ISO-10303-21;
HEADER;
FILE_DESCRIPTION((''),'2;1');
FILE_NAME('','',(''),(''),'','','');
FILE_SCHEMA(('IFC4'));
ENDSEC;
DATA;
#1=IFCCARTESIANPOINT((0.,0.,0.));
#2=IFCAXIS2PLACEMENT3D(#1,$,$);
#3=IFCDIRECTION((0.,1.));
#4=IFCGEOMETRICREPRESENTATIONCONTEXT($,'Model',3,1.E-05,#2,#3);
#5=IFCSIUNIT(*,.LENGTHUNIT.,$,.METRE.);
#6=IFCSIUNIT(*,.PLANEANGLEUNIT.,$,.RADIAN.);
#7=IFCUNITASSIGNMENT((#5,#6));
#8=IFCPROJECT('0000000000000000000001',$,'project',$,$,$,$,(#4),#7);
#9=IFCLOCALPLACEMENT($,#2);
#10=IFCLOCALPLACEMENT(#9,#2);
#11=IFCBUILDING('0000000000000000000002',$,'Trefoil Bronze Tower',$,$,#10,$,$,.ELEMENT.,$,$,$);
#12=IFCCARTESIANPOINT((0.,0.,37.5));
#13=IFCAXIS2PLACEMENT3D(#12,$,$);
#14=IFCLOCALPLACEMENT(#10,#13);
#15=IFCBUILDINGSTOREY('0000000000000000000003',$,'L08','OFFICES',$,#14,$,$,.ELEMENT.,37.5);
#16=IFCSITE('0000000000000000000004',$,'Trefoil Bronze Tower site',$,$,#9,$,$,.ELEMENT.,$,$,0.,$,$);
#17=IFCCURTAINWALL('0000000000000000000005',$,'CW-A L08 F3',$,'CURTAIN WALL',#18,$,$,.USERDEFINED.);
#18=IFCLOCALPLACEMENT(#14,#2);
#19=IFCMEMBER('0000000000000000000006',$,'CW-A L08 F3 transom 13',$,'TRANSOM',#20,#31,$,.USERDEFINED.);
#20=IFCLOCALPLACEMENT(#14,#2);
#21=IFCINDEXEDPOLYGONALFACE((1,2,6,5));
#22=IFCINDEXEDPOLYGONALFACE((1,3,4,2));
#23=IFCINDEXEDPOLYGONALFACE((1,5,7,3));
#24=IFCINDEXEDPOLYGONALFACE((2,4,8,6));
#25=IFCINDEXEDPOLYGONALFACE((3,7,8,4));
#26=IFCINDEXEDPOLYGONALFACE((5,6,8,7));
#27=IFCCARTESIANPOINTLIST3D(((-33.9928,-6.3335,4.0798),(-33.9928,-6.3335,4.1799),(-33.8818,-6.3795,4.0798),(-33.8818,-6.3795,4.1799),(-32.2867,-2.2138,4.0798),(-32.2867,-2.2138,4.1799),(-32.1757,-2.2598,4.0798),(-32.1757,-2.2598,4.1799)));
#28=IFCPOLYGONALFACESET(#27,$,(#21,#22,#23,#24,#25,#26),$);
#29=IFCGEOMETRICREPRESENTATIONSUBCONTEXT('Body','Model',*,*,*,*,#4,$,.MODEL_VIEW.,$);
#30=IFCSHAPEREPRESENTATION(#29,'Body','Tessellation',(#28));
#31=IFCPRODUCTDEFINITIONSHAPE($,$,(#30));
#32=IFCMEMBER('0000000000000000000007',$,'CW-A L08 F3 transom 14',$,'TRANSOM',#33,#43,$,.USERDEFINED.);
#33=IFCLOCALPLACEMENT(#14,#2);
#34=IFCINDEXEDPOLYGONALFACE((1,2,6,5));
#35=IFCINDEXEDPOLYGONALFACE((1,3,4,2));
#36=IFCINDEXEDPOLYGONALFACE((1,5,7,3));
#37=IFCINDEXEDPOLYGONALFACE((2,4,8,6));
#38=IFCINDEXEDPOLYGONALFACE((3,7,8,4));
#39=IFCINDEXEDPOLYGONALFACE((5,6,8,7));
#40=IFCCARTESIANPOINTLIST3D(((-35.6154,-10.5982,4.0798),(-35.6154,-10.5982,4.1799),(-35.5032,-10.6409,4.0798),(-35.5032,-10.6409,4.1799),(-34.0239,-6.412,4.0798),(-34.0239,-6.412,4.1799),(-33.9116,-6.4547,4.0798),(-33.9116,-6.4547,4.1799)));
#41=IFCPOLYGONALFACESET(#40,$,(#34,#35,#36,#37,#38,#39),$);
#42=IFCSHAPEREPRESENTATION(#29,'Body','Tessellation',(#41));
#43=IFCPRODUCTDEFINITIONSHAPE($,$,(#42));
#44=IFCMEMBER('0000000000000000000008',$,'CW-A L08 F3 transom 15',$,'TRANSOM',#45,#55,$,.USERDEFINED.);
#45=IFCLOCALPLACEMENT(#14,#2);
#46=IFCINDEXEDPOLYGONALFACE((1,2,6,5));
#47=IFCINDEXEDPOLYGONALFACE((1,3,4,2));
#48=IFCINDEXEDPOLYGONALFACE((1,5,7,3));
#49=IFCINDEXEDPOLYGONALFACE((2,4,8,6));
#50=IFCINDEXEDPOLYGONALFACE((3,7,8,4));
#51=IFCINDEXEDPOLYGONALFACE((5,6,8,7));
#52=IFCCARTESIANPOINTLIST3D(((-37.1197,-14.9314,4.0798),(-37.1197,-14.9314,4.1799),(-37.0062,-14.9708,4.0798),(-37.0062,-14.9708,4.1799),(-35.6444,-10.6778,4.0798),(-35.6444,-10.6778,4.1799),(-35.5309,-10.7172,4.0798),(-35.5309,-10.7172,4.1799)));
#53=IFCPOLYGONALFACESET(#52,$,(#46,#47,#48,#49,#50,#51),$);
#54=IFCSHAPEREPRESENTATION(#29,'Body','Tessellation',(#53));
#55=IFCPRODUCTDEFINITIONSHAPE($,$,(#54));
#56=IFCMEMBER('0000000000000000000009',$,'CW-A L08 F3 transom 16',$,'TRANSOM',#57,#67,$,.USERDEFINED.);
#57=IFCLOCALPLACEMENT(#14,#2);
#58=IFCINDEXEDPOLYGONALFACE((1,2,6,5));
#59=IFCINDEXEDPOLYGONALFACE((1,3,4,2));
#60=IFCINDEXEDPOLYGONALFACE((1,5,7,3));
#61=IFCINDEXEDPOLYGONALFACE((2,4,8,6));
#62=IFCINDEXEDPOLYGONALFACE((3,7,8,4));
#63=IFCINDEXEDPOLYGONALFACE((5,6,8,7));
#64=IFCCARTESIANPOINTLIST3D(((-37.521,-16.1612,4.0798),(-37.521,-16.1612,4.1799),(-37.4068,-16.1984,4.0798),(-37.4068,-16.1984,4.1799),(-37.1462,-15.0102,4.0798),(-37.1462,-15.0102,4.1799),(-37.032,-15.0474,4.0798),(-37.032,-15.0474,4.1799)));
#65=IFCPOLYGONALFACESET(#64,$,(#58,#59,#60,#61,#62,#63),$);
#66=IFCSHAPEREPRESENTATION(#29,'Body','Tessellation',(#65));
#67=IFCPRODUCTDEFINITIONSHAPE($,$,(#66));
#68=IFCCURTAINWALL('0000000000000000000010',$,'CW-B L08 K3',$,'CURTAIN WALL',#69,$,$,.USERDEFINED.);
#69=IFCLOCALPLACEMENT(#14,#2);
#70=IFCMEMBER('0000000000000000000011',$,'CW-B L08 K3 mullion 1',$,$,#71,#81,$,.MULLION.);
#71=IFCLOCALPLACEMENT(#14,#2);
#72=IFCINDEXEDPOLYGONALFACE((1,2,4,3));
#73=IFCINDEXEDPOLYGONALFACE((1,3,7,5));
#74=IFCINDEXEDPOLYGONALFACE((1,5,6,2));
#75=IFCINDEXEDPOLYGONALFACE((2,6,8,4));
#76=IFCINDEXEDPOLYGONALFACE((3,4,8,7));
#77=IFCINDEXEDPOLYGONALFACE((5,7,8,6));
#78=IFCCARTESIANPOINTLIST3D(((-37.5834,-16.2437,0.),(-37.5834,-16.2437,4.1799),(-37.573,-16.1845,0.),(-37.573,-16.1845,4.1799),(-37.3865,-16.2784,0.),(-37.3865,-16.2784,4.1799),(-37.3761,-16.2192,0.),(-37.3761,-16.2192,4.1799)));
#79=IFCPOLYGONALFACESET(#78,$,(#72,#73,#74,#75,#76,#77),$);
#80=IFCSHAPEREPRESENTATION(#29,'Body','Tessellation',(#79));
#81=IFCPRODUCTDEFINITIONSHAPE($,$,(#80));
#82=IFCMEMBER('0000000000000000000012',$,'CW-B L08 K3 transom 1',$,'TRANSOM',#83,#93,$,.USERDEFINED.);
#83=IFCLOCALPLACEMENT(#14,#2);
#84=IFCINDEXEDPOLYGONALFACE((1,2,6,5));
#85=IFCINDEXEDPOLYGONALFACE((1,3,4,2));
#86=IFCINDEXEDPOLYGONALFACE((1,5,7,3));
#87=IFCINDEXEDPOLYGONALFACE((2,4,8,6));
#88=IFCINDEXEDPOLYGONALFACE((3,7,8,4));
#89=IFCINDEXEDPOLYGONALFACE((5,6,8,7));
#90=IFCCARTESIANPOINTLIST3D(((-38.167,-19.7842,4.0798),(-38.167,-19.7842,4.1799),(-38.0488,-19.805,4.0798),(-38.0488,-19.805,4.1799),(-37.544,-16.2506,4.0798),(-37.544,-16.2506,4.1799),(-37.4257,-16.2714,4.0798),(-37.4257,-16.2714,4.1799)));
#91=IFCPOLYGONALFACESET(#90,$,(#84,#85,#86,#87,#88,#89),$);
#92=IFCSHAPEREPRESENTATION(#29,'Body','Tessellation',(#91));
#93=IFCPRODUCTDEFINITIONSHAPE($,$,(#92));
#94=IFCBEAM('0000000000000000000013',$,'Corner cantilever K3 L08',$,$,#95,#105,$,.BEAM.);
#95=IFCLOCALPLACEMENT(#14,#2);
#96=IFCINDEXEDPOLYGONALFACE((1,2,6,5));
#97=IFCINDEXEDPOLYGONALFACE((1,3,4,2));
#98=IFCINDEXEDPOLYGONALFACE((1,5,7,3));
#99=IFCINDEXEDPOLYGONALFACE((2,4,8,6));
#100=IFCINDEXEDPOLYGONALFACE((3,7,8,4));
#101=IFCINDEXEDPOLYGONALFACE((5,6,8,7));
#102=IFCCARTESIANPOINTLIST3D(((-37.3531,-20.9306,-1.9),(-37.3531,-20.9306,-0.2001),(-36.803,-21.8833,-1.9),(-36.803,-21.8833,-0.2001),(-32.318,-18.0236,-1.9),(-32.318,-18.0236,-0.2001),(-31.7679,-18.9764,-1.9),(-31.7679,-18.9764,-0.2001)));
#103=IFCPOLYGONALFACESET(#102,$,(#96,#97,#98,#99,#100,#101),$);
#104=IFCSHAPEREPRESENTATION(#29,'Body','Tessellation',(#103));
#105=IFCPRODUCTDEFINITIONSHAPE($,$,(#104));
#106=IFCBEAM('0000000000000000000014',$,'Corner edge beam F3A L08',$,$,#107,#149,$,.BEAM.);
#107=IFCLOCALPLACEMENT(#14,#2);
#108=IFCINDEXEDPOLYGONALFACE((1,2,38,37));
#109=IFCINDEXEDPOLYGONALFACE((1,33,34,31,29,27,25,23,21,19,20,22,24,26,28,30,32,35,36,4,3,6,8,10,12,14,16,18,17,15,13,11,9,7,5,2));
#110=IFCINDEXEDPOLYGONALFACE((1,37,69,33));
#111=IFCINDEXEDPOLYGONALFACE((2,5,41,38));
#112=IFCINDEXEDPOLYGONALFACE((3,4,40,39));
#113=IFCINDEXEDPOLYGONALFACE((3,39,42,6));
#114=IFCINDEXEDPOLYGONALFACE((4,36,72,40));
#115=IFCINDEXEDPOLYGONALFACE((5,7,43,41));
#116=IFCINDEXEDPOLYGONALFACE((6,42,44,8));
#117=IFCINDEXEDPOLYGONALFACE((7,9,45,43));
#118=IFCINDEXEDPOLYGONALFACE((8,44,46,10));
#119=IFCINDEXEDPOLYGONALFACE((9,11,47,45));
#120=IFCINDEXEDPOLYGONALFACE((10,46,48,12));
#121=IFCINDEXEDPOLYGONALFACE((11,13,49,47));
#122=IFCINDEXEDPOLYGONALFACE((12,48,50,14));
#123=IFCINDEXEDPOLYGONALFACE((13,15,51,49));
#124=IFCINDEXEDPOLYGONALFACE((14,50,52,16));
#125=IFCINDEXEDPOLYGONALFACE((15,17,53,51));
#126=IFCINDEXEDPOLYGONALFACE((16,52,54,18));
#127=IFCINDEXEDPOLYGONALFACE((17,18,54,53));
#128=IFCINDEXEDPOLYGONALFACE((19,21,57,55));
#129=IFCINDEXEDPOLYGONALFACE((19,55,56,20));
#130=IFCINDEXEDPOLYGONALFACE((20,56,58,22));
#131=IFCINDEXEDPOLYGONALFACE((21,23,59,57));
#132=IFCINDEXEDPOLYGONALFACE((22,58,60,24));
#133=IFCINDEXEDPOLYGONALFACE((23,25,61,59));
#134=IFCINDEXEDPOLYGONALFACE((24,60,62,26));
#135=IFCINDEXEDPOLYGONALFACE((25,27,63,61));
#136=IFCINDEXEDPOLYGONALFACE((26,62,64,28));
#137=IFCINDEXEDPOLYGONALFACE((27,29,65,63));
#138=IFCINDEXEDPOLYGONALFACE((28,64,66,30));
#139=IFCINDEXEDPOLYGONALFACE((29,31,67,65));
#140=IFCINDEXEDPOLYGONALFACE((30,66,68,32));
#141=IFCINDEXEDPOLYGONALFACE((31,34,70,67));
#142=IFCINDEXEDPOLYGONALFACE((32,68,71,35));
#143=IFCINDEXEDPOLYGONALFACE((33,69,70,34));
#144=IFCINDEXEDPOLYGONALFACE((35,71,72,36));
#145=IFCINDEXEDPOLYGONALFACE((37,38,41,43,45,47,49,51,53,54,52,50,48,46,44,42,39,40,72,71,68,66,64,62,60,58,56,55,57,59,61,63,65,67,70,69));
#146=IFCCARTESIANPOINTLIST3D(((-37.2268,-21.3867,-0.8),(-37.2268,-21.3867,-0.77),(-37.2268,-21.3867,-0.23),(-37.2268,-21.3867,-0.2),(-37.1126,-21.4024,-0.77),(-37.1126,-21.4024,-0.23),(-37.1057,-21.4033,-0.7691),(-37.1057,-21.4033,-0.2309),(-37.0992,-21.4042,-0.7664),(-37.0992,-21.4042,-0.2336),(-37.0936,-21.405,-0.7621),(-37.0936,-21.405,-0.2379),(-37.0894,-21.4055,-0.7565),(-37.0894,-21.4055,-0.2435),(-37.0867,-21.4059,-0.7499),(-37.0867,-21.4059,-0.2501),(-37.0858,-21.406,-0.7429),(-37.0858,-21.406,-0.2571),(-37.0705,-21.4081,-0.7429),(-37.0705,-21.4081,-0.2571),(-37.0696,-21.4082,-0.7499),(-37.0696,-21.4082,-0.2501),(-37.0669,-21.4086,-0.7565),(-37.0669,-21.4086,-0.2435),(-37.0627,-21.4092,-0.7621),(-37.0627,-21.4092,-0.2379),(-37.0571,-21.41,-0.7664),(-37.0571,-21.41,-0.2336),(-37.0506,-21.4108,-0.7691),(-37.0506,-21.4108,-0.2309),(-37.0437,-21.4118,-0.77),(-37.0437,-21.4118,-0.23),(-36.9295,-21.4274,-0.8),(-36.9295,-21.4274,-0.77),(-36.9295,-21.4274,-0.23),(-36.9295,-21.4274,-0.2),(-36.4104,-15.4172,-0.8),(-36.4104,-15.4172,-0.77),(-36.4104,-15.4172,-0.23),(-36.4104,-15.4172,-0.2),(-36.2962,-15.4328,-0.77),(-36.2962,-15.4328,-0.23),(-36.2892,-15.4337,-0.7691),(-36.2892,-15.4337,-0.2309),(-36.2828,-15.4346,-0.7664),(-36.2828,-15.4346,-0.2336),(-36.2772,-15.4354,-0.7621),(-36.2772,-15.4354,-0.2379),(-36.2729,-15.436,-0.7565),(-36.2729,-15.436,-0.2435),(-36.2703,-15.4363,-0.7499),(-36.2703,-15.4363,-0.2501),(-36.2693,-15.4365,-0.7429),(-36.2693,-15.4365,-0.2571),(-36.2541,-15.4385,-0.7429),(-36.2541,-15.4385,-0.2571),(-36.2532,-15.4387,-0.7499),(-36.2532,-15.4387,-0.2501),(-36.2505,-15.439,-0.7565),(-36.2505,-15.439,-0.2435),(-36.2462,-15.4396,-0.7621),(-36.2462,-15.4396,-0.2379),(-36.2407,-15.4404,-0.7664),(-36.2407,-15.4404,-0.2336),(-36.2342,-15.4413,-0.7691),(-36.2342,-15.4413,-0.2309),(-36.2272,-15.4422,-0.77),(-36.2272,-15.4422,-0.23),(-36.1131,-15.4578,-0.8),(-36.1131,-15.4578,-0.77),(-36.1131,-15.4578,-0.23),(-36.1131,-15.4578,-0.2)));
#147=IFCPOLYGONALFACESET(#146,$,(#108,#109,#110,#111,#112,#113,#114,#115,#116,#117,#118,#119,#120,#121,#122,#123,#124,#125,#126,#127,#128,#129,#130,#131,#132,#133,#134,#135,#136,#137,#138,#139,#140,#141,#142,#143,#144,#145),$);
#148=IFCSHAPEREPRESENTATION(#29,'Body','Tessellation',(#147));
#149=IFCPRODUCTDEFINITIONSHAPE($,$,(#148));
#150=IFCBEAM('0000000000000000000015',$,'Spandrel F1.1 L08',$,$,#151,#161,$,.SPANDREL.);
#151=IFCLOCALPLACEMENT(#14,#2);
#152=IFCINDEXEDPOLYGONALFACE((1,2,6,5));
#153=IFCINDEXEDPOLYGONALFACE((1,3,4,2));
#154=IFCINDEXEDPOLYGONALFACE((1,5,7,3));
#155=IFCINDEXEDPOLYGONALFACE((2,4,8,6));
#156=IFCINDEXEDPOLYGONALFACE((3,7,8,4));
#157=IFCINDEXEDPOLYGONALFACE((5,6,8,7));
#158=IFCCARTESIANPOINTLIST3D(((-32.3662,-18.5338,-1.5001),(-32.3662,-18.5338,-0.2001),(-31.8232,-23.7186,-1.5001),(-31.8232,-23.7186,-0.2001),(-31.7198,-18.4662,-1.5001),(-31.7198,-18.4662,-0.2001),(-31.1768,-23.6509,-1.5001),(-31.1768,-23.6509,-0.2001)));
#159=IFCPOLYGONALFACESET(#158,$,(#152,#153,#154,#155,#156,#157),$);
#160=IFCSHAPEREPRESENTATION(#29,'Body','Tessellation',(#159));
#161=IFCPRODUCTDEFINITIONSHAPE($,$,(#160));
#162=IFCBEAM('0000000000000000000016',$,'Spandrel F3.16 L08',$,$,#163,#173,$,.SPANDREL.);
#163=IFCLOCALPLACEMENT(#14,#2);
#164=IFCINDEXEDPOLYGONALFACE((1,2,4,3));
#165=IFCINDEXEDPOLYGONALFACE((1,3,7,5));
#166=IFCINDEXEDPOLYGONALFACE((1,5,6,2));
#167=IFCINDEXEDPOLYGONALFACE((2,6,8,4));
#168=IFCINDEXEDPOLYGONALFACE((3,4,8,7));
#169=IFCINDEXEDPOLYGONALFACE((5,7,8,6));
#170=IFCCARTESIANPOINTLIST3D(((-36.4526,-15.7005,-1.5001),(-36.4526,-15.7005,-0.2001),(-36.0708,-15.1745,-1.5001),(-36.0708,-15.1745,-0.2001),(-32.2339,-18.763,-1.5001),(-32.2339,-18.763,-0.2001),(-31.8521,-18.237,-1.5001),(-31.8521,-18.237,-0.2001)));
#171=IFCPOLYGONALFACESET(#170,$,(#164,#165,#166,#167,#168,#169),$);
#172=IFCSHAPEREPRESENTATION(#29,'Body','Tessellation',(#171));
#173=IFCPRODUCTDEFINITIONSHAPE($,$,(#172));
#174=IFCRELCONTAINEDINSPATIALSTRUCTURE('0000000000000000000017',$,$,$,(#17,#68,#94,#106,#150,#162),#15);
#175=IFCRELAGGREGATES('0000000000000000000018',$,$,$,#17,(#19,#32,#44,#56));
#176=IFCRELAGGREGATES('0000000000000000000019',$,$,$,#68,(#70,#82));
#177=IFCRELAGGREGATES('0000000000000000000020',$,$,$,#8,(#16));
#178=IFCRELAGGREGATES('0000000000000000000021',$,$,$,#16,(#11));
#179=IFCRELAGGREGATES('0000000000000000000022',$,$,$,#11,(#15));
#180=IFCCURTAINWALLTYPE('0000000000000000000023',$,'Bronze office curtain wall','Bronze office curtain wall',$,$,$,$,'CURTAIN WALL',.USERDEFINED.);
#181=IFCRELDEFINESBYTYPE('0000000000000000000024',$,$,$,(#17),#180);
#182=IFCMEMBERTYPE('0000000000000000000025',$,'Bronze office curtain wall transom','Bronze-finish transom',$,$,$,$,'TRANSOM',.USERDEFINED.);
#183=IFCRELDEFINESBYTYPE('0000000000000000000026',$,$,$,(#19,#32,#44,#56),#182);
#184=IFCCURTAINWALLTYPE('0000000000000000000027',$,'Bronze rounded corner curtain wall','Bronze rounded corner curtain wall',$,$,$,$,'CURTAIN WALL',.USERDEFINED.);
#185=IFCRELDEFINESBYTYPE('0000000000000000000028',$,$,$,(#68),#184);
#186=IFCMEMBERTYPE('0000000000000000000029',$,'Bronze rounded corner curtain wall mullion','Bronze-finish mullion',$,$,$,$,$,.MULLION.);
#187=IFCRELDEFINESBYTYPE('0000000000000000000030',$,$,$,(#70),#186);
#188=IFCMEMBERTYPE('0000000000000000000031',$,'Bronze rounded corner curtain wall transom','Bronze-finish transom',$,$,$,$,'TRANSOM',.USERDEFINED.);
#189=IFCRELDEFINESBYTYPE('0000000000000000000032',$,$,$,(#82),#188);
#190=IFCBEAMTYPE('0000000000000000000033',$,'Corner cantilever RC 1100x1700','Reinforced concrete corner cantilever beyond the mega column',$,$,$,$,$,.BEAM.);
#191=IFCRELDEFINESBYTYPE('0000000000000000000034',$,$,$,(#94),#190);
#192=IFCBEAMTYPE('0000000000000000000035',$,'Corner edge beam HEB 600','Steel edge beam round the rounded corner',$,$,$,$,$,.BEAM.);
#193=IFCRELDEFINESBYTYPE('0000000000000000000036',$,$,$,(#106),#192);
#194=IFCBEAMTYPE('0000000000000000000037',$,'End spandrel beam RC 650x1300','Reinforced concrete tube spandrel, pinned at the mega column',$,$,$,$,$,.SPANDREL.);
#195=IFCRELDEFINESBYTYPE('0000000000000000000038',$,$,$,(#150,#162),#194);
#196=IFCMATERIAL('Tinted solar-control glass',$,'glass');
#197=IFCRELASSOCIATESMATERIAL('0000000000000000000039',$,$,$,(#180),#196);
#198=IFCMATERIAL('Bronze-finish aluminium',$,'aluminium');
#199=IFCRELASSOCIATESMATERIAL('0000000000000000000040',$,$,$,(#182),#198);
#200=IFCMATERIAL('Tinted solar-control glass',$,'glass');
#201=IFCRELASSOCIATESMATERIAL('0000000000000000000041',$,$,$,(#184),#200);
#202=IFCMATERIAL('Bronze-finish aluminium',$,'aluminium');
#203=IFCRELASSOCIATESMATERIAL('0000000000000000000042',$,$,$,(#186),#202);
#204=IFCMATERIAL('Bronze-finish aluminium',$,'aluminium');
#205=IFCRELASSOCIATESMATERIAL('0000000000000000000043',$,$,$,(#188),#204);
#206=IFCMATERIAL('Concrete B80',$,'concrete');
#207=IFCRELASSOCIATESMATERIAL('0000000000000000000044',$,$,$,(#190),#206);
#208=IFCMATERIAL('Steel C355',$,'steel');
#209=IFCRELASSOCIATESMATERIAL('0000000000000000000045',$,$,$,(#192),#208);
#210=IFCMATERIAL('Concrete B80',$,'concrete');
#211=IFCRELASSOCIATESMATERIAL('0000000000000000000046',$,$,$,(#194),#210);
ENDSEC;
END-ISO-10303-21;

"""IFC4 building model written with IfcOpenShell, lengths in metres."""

from ifc_helpers import new_model, si_unit, direction, frame, origin, origin_2d, place, context, subcontext, project, spatial, rectangle, i_section, extrude, material, material_profile, profile_set, type_object, element, aggregate, save


model = new_model("IFC4")

# Units and contexts
model_context = context("Model", 3, precision=1e-05, world=origin(), true_north=direction((0.0, 1.0)))
body_context = subcontext(model_context, "Body", "Model", "MODEL_VIEW")
ifc_project = project(units=[si_unit("LENGTHUNIT", "METRE"), si_unit("PLANEANGLEUNIT", "RADIAN")], contexts=[model_context])

# Site, building, storey
site_placement = place(None, origin())
site = spatial("IfcSite", under=ifc_project, at=site_placement, Name="Trefoil Bronze Tower site", CompositionType="ELEMENT", RefElevation=0.0)
building_placement = place(site_placement, origin())
building = spatial("IfcBuilding", under=site, at=building_placement, Name="Trefoil Bronze Tower", CompositionType="ELEMENT")
storey_placement = place(building_placement, frame((0.0, 0.0, 37.5)))
storey = spatial("IfcBuildingStorey", under=building, at=storey_placement, Name="L08", Description="OFFICES", CompositionType="ELEMENT", Elevation=37.5)

# Curtain walls, members
ifc_material_1 = material(Name="Tinted solar-control glass", Category="glass")
curtain_wall_type_1 = type_object("IfcCurtainWallType", Name="Bronze office curtain wall", Description="Bronze office curtain wall", ElementType="CURTAIN WALL", PredefinedType="USERDEFINED", material=ifc_material_1)
curtain_wall_1_placement = place(storey_placement, origin())
curtain_wall_1 = element("IfcCurtainWall", 1, at=curtain_wall_1_placement, inside=storey, type_object=curtain_wall_type_1, Name="CW-A L08 F3", ObjectType="CURTAIN WALL", PredefinedType="USERDEFINED")
ifc_material_2 = material(Name="Bronze-finish aluminium", Category="aluminium")
ifc_material_profile_1 = material_profile(ifc_material_2, rectangle(XDim=0.1201, YDim=0.1001, at=origin_2d()), Name="CW-A transom")
ifc_profile_set_1 = profile_set([ifc_material_profile_1], Name="Bronze-finish aluminium")
member_type_1 = type_object("IfcMemberType", Name="Bronze office curtain wall transom", Description="Bronze-finish transom", ElementType="TRANSOM", PredefinedType="USERDEFINED", material=ifc_profile_set_1)
member_1_placement = place(storey_placement, frame((-32.2312, -2.2368, 4.1299), z_axis=(-0.382616, -0.923907, 0.0), x_axis=(0.923907, -0.382616, 0.0)))
member_1 = element("IfcMember", 2, at=member_1_placement, type_object=member_type_1, Name="CW-A L08 F3 transom 13", ObjectType="TRANSOM", PredefinedType="USERDEFINED", context=body_context, shape_type="SweptSolid", body=[
    extrude(rectangle(XDim=0.1201, YDim=0.1001, at=origin_2d()), origin(), (0.0, 0.0, 1.0), 4.459),
])
member_2_placement = place(storey_placement, frame((-33.9678, -6.4333, 4.1299), z_axis=(-0.355367, -0.934727, 0.0), x_axis=(0.934727, -0.355367, 0.0)))
member_2 = element("IfcMember", 3, at=member_2_placement, type_object=member_type_1, Name="CW-A L08 F3 transom 14", ObjectType="TRANSOM", PredefinedType="USERDEFINED", context=body_context, shape_type="SweptSolid", body=[
    extrude(rectangle(XDim=0.1201, YDim=0.1001, at=origin_2d()), origin(), (0.0, 0.0, 1.0), 4.4785),
])
member_3_placement = place(storey_placement, frame((-35.5876, -10.6975, 4.1299), z_axis=(-0.32769, -0.944785, 0.0), x_axis=(0.944785, -0.32769, 0.0)))
member_3 = element("IfcMember", 4, at=member_3_placement, type_object=member_type_1, Name="CW-A L08 F3 transom 15", ObjectType="TRANSOM", PredefinedType="USERDEFINED", context=body_context, shape_type="SweptSolid", body=[
    extrude(rectangle(XDim=0.1201, YDim=0.1001, at=origin_2d()), origin(), (0.0, 0.0, 1.0), 4.5022),
])
member_4_placement = place(storey_placement, frame((-37.0891, -15.0288, 4.1299), z_axis=(-0.309624, -0.950859, 0.0), x_axis=(0.950859, -0.309624, 0.0)))
member_4 = element("IfcMember", 5, at=member_4_placement, type_object=member_type_1, Name="CW-A L08 F3 transom 16", ObjectType="TRANSOM", PredefinedType="USERDEFINED", context=body_context, shape_type="SweptSolid", body=[
    extrude(rectangle(XDim=0.1201, YDim=0.1001, at=origin_2d()), origin(), (0.0, 0.0, 1.0), 1.2104),
])
ifc_material_3 = material(Name="Tinted solar-control glass", Category="glass")
curtain_wall_type_2 = type_object("IfcCurtainWallType", Name="Bronze rounded corner curtain wall", Description="Bronze rounded corner curtain wall", ElementType="CURTAIN WALL", PredefinedType="USERDEFINED", material=ifc_material_3)
curtain_wall_2_placement = place(storey_placement, origin())
curtain_wall_2 = element("IfcCurtainWall", 6, at=curtain_wall_2_placement, inside=storey, type_object=curtain_wall_type_2, Name="CW-B L08 K3", ObjectType="CURTAIN WALL", PredefinedType="USERDEFINED")
ifc_material_4 = material(Name="Bronze-finish aluminium", Category="aluminium")
ifc_material_profile_2 = material_profile(ifc_material_4, rectangle(XDim=0.2, YDim=0.0601, at=origin_2d()), Name="CW-B mullion")
ifc_profile_set_2 = profile_set([ifc_material_profile_2], Name="Bronze-finish aluminium")
member_type_2 = type_object("IfcMemberType", Name="Bronze rounded corner curtain wall mullion", Description="Bronze-finish mullion", PredefinedType="MULLION", material=ifc_profile_set_2)
member_5_placement = place(storey_placement, frame((-37.4797, -16.2314, 0.0), z_axis=(0.0, 0.0, 1.0), x_axis=(0.984808, -0.173648, 0.0)))
member_5 = element("IfcMember", 7, at=member_5_placement, type_object=member_type_2, Name="CW-B L08 K3 mullion 1", PredefinedType="MULLION", context=body_context, shape_type="SweptSolid", body=[
    extrude(rectangle(XDim=0.2, YDim=0.0601, at=origin_2d()), origin(), (0.0, 0.0, 1.0), 4.1799),
])
ifc_material_5 = material(Name="Bronze-finish aluminium", Category="aluminium")
ifc_material_profile_3 = material_profile(ifc_material_5, rectangle(XDim=0.1201, YDim=0.1001, at=origin_2d()), Name="CW-B transom")
ifc_profile_set_3 = profile_set([ifc_material_profile_3], Name="Bronze-finish aluminium")
member_type_3 = type_object("IfcMemberType", Name="Bronze rounded corner curtain wall transom", Description="Bronze-finish transom", ElementType="TRANSOM", PredefinedType="USERDEFINED", material=ifc_profile_set_3)
member_6_placement = place(storey_placement, frame((-37.4849, -16.261, 4.1299), z_axis=(-0.173638, -0.98481, 0.0), x_axis=(0.98481, -0.173638, 0.0)))
member_6 = element("IfcMember", 8, at=member_6_placement, type_object=member_type_3, Name="CW-B L08 K3 transom 1", ObjectType="TRANSOM", PredefinedType="USERDEFINED", context=body_context, shape_type="SweptSolid", body=[
    extrude(rectangle(XDim=0.1201, YDim=0.1001, at=origin_2d()), origin(), (0.0, 0.0, 1.0), 3.5881),
])

# Beams
ifc_material_6 = material(Name="Concrete B80", Category="concrete")
ifc_material_profile_4 = material_profile(ifc_material_6, rectangle(XDim=1.1001, YDim=1.7, at=origin_2d()), Name="RC 1100x1700")
ifc_profile_set_4 = profile_set([ifc_material_profile_4], Name="Concrete B80")
beam_type_1 = type_object("IfcBeamType", Name="Corner cantilever RC 1100x1700", Description="Reinforced concrete corner cantilever beyond the mega column", PredefinedType="BEAM", material=ifc_profile_set_4)
beam_1_placement = place(storey_placement, frame((-32.043, -18.5, -1.05), z_axis=(-0.86603, -0.499991, 0.0), x_axis=(0.499991, -0.86603, 0.0)))
element("IfcBeam", 9, at=beam_1_placement, inside=storey, type_object=beam_type_1, Name="Corner cantilever K3 L08", PredefinedType="BEAM", context=body_context, shape_type="SweptSolid", body=[
    extrude(rectangle(XDim=1.1001, YDim=1.7, at=origin_2d()), origin(), (0.0, 0.0, 1.0), 5.814),
])
ifc_material_7 = material(Name="Steel C355", Category="steel")
ifc_material_profile_5 = material_profile(ifc_material_7, i_section(OverallWidth=0.3, OverallDepth=0.6001, WebThickness=0.0154, FlangeThickness=0.03, FilletRadius=0.0271, at=origin_2d()), Name="HEB 600")
ifc_profile_set_5 = profile_set([ifc_material_profile_5], Name="Steel C355")
beam_type_2 = type_object("IfcBeamType", Name="Corner edge beam HEB 600", Description="Steel edge beam round the rounded corner", PredefinedType="BEAM", material=ifc_profile_set_5)
beam_2_placement = place(storey_placement, frame((-36.2617, -15.4375, -0.5), z_axis=(-0.135502, -0.990777, 0.0), x_axis=(0.990777, -0.135502, 0.0)))
element("IfcBeam", 10, at=beam_2_placement, inside=storey, type_object=beam_type_2, Name="Corner edge beam F3A L08", PredefinedType="BEAM", context=body_context, shape_type="SweptSolid", body=[
    extrude(i_section(OverallWidth=0.3, OverallDepth=0.6001, WebThickness=0.0154, FlangeThickness=0.03, FilletRadius=0.0271, at=origin_2d()), origin(), (0.0, 0.0, 1.0), 6.0251),
])
ifc_material_8 = material(Name="Concrete B80", Category="concrete")
ifc_material_profile_6 = material_profile(ifc_material_8, rectangle(XDim=0.6499, YDim=1.3, at=origin_2d()), Name="RC 650x1300")
ifc_profile_set_6 = profile_set([ifc_material_profile_6], Name="Concrete B80")
beam_type_3 = type_object("IfcBeamType", Name="End spandrel beam RC 650x1300", Description="Reinforced concrete tube spandrel, pinned at the mega column", PredefinedType="SPANDREL", material=ifc_profile_set_6)
for number, where, z_axis, x_axis, name in (
    (11, (-32.043, -18.5, -0.8501), (0.104153, -0.994561, 0.0), (0.994561, 0.104153, 0.0), "Spandrel F1.1 L08"),
    (12, (-36.2617, -15.4375, -0.8501), (0.809254, -0.587459, 0.0), (0.587459, 0.809254, 0.0), "Spandrel F3.16 L08"),
):
    element("IfcBeam", number, at=place(storey_placement, frame(where, z_axis=z_axis, x_axis=x_axis)), inside=storey, type_object=beam_type_3, Name=name, PredefinedType="SPANDREL", context=body_context, shape_type="SweptSolid", body=[
        extrude(rectangle(XDim=0.6499, YDim=1.3, at=origin_2d()), origin(), (0.0, 0.0, 1.0), 5.2131),
    ])

aggregate(curtain_wall_1, [member_1, member_2, member_3, member_4])
aggregate(curtain_wall_2, [member_5, member_6])

save(model, "model.ifc")
